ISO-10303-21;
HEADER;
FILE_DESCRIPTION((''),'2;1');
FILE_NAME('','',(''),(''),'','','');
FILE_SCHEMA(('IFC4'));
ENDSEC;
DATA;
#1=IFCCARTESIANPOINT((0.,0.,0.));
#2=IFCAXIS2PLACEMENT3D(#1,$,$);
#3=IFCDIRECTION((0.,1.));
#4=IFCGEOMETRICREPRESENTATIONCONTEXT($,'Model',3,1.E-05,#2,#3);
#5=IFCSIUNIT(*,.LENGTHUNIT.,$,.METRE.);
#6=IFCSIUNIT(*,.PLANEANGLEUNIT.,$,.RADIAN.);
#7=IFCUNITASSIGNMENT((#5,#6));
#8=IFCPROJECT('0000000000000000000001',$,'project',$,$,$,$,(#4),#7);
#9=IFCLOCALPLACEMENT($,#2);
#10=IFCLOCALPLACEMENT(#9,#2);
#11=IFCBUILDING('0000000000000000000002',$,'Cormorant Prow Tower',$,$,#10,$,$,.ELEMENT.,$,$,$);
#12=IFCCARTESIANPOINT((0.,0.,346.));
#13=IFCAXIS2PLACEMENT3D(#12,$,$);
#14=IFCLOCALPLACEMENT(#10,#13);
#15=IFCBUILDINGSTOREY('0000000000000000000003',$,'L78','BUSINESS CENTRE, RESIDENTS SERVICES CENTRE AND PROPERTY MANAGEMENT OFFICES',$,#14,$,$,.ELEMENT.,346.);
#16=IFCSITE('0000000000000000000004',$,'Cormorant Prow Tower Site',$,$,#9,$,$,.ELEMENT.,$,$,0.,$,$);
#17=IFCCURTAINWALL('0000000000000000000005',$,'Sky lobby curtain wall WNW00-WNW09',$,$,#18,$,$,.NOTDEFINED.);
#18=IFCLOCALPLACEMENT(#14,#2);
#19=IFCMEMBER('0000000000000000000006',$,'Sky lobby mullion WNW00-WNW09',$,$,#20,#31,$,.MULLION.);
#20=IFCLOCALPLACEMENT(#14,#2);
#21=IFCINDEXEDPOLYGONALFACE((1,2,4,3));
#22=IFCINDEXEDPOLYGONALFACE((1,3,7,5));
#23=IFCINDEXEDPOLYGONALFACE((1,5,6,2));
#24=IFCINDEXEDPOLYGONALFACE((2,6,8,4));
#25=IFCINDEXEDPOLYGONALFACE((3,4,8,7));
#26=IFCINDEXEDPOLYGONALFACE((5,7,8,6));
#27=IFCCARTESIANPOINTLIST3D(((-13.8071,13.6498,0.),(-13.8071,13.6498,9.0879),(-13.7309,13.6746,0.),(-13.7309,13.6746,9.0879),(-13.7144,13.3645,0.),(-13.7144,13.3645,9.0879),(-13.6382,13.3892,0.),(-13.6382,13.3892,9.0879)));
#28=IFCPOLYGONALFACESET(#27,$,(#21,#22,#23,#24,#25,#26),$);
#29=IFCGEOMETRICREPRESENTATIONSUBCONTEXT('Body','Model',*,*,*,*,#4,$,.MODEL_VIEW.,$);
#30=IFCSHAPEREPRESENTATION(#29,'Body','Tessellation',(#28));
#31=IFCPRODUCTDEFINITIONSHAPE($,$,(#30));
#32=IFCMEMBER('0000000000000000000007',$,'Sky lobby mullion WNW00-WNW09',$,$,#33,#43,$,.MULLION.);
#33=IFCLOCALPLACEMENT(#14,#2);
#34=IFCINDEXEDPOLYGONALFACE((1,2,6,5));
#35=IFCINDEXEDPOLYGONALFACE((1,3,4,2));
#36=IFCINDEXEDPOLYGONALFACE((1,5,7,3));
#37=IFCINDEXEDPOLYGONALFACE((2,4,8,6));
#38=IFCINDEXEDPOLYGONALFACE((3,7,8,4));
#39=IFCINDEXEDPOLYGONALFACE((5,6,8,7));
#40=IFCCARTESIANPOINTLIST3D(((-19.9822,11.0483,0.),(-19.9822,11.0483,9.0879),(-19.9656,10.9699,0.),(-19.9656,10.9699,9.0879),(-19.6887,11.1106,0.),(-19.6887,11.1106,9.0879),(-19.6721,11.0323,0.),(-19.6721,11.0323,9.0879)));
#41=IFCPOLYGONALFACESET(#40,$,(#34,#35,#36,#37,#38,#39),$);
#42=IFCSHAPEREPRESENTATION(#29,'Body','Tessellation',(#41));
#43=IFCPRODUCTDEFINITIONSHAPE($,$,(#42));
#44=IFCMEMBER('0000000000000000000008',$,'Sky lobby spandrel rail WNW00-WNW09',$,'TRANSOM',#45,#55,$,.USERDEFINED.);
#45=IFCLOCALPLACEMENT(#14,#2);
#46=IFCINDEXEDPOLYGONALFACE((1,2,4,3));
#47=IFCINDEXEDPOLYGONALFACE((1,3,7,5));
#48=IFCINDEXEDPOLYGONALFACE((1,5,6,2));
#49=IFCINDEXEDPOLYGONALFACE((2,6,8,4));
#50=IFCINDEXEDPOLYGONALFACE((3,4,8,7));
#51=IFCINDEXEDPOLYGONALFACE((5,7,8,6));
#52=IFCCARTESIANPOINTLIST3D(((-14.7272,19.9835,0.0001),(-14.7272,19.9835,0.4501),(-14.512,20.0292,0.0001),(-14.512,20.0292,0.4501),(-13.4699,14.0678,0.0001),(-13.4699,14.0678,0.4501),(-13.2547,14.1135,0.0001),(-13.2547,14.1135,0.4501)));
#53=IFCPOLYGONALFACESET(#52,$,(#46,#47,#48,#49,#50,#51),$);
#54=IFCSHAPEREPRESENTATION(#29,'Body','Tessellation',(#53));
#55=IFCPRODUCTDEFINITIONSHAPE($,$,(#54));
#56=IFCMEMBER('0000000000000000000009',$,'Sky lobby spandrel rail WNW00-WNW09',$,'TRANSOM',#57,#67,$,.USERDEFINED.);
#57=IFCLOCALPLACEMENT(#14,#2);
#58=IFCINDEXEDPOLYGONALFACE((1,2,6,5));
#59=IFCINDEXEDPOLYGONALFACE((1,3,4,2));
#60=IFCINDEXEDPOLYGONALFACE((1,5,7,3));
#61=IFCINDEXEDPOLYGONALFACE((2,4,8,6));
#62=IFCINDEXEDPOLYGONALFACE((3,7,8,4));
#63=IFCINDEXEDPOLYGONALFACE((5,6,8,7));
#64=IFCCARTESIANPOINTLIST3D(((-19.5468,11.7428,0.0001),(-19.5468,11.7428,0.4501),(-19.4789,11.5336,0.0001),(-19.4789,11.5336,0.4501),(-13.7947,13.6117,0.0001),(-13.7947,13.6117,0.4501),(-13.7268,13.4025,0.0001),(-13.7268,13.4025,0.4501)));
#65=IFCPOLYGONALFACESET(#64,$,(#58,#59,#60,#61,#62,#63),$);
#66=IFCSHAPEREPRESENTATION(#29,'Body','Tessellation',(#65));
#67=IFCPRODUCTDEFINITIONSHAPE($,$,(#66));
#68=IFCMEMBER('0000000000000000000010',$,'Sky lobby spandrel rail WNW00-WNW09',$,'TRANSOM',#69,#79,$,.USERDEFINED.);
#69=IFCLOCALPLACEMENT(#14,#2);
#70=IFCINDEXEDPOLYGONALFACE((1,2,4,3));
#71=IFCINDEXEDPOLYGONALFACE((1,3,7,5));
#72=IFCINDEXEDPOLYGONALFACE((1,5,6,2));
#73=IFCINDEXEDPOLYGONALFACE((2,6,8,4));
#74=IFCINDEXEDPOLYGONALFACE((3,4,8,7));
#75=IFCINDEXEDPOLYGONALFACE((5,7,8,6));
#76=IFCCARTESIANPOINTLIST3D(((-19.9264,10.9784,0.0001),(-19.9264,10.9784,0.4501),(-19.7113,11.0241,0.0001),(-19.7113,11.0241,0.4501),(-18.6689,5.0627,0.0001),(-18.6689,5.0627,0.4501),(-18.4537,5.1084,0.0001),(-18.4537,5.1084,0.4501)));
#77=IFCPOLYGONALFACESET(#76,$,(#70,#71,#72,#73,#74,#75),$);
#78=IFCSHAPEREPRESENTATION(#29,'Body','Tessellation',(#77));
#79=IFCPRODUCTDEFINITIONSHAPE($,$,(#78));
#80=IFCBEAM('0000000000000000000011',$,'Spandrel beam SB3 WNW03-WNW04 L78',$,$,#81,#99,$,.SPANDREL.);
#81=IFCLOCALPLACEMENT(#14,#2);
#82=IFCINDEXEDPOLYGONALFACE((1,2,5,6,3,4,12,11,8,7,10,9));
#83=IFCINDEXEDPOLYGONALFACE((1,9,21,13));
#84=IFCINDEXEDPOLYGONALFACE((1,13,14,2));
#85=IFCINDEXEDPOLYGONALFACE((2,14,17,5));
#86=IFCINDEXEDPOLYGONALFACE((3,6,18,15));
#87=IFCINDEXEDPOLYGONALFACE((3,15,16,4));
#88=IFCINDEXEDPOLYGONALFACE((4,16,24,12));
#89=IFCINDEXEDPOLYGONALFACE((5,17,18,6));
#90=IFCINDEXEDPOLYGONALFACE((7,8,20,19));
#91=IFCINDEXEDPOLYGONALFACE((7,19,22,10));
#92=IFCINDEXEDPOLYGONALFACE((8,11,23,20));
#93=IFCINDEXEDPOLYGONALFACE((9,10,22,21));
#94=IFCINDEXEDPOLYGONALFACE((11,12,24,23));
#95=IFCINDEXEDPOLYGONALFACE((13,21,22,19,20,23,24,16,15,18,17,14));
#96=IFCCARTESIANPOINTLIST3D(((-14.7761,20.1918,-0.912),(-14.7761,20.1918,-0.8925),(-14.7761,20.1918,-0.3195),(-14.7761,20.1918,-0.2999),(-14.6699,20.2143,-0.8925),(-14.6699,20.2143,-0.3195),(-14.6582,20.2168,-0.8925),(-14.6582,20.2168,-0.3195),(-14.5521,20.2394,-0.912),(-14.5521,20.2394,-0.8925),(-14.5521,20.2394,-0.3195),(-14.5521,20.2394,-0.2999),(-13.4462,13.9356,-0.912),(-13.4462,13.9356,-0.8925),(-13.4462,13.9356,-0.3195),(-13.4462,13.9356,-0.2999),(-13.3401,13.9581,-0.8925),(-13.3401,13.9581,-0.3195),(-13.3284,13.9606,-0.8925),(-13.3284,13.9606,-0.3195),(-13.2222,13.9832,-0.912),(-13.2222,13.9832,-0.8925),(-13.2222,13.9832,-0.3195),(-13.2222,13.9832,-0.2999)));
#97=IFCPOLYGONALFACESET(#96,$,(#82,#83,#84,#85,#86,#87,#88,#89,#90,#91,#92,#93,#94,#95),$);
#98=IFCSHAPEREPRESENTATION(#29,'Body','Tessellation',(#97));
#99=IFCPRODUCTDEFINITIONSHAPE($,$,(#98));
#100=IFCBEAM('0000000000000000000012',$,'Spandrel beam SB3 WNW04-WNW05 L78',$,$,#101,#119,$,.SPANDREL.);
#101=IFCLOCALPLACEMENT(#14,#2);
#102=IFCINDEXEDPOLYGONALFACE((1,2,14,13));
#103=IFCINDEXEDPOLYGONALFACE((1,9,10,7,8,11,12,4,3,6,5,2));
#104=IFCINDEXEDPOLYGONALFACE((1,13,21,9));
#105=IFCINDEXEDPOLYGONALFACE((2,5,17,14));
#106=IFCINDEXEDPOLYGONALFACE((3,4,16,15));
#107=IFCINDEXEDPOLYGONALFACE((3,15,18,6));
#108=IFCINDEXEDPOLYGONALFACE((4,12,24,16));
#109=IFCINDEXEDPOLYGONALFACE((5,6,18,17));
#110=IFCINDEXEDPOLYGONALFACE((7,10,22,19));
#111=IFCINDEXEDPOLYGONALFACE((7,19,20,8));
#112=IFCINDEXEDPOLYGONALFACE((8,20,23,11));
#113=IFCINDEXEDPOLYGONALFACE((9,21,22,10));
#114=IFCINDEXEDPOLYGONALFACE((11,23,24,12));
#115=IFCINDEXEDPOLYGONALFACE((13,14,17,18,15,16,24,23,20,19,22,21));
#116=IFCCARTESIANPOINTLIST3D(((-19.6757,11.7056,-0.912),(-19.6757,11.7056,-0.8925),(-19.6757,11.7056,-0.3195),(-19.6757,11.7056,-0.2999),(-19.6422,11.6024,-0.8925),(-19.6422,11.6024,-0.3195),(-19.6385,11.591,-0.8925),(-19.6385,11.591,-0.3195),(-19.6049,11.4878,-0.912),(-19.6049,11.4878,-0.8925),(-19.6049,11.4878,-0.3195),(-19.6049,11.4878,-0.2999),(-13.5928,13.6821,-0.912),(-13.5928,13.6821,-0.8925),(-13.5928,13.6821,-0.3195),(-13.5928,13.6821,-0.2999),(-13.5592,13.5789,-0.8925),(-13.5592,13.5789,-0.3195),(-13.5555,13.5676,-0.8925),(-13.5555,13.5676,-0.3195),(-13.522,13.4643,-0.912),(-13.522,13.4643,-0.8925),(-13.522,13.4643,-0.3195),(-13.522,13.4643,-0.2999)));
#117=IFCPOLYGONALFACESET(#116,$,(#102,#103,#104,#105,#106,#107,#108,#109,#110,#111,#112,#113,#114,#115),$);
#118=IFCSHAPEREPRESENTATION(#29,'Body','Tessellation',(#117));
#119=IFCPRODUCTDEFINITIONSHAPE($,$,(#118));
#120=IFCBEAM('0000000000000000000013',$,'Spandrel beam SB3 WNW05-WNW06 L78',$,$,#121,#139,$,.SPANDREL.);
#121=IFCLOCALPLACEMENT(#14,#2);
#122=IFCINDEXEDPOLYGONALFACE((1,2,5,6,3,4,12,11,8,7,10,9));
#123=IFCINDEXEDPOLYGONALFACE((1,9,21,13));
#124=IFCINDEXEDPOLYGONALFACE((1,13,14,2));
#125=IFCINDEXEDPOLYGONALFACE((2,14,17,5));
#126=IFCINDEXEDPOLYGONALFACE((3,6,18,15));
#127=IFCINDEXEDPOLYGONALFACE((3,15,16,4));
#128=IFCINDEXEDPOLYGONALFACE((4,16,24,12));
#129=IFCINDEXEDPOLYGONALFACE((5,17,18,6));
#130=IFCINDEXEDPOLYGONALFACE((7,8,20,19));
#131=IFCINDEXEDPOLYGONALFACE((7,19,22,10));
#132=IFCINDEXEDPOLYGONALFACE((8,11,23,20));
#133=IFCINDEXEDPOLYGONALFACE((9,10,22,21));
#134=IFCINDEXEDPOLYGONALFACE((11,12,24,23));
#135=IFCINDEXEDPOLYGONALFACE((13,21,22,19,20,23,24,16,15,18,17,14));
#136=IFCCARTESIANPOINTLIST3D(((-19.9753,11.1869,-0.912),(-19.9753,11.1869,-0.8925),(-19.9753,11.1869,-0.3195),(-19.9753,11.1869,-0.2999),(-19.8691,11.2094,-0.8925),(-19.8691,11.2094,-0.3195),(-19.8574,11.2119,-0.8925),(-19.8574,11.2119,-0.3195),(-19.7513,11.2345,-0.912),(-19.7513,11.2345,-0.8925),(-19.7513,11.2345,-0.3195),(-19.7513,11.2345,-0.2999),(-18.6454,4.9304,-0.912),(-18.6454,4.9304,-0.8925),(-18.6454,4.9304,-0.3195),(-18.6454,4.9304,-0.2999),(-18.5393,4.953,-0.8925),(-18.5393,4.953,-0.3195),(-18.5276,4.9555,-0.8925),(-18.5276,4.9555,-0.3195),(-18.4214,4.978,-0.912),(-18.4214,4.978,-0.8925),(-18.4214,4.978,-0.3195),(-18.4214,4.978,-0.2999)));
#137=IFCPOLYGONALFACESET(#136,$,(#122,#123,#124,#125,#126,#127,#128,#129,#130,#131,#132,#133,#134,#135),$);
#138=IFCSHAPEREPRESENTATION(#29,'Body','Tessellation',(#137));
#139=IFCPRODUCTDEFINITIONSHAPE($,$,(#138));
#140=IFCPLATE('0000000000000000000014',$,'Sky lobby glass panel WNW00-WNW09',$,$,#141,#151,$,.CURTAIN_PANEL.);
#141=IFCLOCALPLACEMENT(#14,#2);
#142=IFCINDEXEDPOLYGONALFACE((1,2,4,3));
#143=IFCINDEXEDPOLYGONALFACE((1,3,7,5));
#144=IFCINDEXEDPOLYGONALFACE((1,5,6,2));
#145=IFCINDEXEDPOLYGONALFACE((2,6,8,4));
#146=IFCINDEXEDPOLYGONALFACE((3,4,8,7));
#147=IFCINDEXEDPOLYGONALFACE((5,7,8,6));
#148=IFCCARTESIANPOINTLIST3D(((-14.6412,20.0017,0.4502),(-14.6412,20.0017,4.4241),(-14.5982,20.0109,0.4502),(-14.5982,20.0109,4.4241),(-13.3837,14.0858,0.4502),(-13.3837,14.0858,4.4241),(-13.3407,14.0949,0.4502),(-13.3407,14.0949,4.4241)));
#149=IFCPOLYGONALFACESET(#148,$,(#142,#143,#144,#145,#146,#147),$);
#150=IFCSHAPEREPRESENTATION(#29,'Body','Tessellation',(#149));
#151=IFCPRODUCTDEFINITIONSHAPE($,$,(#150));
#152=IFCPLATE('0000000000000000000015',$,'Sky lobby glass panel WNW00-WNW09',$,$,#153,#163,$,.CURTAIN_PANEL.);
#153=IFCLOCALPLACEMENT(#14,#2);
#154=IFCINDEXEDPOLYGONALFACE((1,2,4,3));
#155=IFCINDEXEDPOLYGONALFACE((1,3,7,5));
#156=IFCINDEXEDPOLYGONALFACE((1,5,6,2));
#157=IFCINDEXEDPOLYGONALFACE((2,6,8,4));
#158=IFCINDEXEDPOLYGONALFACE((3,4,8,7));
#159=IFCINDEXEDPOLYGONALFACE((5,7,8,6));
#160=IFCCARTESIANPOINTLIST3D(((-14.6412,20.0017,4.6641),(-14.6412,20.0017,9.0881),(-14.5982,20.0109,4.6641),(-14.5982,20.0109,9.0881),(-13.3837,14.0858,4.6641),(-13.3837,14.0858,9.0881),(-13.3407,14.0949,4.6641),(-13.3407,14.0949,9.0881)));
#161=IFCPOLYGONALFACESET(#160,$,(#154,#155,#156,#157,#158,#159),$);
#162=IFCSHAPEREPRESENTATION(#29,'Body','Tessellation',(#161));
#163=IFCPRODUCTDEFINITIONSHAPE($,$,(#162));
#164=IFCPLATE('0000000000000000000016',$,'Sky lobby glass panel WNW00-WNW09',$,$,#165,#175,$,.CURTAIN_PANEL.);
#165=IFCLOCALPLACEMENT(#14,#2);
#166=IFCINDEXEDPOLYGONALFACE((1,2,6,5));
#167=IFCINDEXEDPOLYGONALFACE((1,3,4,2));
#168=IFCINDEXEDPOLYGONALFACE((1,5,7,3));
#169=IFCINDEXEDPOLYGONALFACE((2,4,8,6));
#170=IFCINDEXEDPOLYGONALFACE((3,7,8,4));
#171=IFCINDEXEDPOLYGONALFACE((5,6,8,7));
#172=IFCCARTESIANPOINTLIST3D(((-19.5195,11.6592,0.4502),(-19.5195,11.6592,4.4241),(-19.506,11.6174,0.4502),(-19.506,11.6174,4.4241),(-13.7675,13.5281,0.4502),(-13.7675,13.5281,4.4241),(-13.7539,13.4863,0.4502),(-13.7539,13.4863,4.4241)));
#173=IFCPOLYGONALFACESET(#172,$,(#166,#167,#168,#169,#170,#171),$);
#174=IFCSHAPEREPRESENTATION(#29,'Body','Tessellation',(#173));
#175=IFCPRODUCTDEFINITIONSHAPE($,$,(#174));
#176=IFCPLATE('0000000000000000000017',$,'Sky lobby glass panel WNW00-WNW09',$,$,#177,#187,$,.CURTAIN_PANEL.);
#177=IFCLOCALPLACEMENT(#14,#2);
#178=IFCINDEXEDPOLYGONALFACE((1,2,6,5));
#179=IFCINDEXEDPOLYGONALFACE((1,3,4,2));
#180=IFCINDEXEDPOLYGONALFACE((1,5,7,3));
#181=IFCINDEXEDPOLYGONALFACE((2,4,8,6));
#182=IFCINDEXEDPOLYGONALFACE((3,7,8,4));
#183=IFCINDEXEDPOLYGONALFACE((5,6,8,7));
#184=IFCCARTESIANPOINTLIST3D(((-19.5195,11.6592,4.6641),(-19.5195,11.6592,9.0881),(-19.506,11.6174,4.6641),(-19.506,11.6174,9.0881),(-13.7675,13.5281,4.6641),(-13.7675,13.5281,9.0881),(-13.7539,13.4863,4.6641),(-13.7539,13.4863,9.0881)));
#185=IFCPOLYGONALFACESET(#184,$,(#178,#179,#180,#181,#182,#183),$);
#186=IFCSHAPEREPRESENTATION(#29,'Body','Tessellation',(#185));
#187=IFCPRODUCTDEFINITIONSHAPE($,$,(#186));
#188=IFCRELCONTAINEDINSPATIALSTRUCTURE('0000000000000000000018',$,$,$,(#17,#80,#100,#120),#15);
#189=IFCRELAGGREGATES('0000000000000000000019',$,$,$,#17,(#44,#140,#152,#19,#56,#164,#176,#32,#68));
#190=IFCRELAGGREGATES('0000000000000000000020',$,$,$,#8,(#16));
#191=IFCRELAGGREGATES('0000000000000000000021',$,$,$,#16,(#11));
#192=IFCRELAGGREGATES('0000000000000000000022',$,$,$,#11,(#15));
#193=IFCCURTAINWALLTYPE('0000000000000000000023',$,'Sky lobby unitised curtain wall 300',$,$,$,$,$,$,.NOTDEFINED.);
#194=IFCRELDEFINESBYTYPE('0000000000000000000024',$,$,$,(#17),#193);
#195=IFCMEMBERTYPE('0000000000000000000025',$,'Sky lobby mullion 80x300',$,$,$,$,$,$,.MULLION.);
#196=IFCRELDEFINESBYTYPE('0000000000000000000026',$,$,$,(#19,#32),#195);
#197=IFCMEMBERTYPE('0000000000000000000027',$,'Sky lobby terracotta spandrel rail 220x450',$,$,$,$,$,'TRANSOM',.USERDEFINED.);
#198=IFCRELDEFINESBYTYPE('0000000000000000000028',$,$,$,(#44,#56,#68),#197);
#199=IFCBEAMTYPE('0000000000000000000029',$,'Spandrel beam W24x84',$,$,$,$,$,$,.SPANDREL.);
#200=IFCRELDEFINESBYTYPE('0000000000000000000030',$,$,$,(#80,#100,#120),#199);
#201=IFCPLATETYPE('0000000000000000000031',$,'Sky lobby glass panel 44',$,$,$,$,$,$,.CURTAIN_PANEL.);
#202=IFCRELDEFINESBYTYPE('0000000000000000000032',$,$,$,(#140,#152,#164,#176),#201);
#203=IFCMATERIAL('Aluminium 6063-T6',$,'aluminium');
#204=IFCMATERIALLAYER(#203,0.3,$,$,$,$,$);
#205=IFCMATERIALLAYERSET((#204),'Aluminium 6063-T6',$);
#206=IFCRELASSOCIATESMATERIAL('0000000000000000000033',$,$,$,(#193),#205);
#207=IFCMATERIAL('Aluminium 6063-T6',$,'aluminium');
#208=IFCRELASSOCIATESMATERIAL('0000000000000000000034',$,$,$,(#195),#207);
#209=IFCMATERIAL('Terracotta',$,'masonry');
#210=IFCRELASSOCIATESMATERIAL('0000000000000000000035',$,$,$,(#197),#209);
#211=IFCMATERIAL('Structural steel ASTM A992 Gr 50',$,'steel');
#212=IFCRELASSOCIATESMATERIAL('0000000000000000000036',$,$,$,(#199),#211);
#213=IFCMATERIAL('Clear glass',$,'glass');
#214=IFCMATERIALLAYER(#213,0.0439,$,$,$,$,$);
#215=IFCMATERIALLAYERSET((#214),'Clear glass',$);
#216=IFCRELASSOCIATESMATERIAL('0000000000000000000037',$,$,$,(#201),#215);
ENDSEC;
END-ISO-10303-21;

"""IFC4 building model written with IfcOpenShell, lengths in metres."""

from ifc_helpers import new_model, si_unit, direction, frame, origin, origin_2d, place, context, subcontext, project, spatial, rectangle, i_section, extrude, material, layer, layer_set, material_profile, profile_set, type_object, element, aggregate, save


model = new_model("IFC4")

# Units and contexts
model_context = context("Model", 3, precision=1e-05, world=origin(), true_north=direction((0.0, 1.0)))
body_context = subcontext(model_context, "Body", "Model", "MODEL_VIEW")
ifc_project = project(units=[si_unit("LENGTHUNIT", "METRE"), si_unit("PLANEANGLEUNIT", "RADIAN")], contexts=[model_context])

# Site, building, storey
site_placement = place(None, origin())
site = spatial("IfcSite", under=ifc_project, at=site_placement, Name="Cormorant Prow Tower Site", CompositionType="ELEMENT", RefElevation=0.0)
building_placement = place(site_placement, origin())
building = spatial("IfcBuilding", under=site, at=building_placement, Name="Cormorant Prow Tower", CompositionType="ELEMENT")
storey_placement = place(building_placement, frame((0.0, 0.0, 346.0)))
storey = spatial("IfcBuildingStorey", under=building, at=storey_placement, Name="L78", Description="BUSINESS CENTRE, RESIDENTS SERVICES CENTRE AND PROPERTY MANAGEMENT OFFICES", CompositionType="ELEMENT", Elevation=346.0)

# Curtain wall, members
ifc_material_1 = material(Name="Aluminium 6063-T6", Category="aluminium")
ifc_layer_1 = layer(ifc_material_1, 0.3)
ifc_layer_set_1 = layer_set([ifc_layer_1], Name="Aluminium 6063-T6")
curtain_wall_type = type_object("IfcCurtainWallType", Name="Sky lobby unitised curtain wall 300", PredefinedType="NOTDEFINED", material=ifc_layer_set_1)
curtain_wall_placement = place(storey_placement, origin())
curtain_wall = element("IfcCurtainWall", 1, at=curtain_wall_placement, inside=storey, type_object=curtain_wall_type, Name="Sky lobby curtain wall WNW00-WNW09", PredefinedType="NOTDEFINED")
ifc_material_2 = material(Name="Aluminium 6063-T6", Category="aluminium")
ifc_material_profile_1 = material_profile(ifc_material_2, rectangle(XDim=0.3, YDim=0.0801, at=origin_2d()), Name="Sky lobby mullion 80x300")
ifc_profile_set_1 = profile_set([ifc_material_profile_1], Name="Aluminium 6063-T6")
member_type_1 = type_object("IfcMemberType", Name="Sky lobby mullion 80x300", PredefinedType="MULLION", material=ifc_profile_set_1)
member_1_placement = place(storey_placement, frame((-13.7227, 13.5195, 0.0), z_axis=(0.0, 0.0, 1.0), x_axis=(0.309017, -0.951057, 0.0)))
member_1 = element("IfcMember", 2, at=member_1_placement, type_object=member_type_1, Name="Sky lobby mullion WNW00-WNW09", PredefinedType="MULLION", context=body_context, shape_type="SweptSolid", body=[
    extrude(rectangle(XDim=0.3, YDim=0.0801, at=origin_2d()), origin(), (0.0, 0.0, 1.0), 9.0879),
])
member_2_placement = place(storey_placement, frame((-19.8271, 11.0403, 0.0), z_axis=(0.0, 0.0, 1.0), x_axis=(0.978148, 0.207912, 0.0)))
member_2 = element("IfcMember", 3, at=member_2_placement, type_object=member_type_1, Name="Sky lobby mullion WNW00-WNW09", PredefinedType="MULLION", context=body_context, shape_type="SweptSolid", body=[
    extrude(rectangle(XDim=0.3, YDim=0.0801, at=origin_2d()), origin(), (0.0, 0.0, 1.0), 9.0879),
])
ifc_material_3 = material(Name="Terracotta", Category="masonry")
ifc_material_profile_2 = material_profile(ifc_material_3, rectangle(XDim=0.22, YDim=0.45, at=origin_2d()), Name="Sky lobby terracotta spandrel rail 220x450")
ifc_profile_set_2 = profile_set([ifc_material_profile_2], Name="Terracotta")
member_type_2 = type_object("IfcMemberType", Name="Sky lobby terracotta spandrel rail 220x450", ElementType="TRANSOM", PredefinedType="USERDEFINED", material=ifc_profile_set_2)
member_3_placement = place(storey_placement, frame((-14.6196, 20.0063, 0.2251), z_axis=(0.207894, -0.978151, 0.0), x_axis=(0.978151, 0.207894, 0.0)))
member_3 = element("IfcMember", 4, at=member_3_placement, type_object=member_type_2, Name="Sky lobby spandrel rail WNW00-WNW09", ObjectType="TRANSOM", PredefinedType="USERDEFINED", context=body_context, shape_type="SweptSolid", body=[
    extrude(rectangle(XDim=0.22, YDim=0.45, at=origin_2d()), origin(), (0.0, 0.0, 1.0), 6.0479),
])
member_4_placement = place(storey_placement, frame((-13.7607, 13.5071, 0.2251), z_axis=(-0.951062, -0.309001, 0.0), x_axis=(0.309001, -0.951062, 0.0)))
member_4 = element("IfcMember", 5, at=member_4_placement, type_object=member_type_2, Name="Sky lobby spandrel rail WNW00-WNW09", ObjectType="TRANSOM", PredefinedType="USERDEFINED", context=body_context, shape_type="SweptSolid", body=[
    extrude(rectangle(XDim=0.22, YDim=0.45, at=origin_2d()), origin(), (0.0, 0.0, 1.0), 6.0481),
])
member_5_placement = place(storey_placement, frame((-19.8188, 11.0012, 0.2251), z_axis=(0.207933, -0.978143, 0.0), x_axis=(0.978143, 0.207933, 0.0)))
member_5 = element("IfcMember", 6, at=member_5_placement, type_object=member_type_2, Name="Sky lobby spandrel rail WNW00-WNW09", ObjectType="TRANSOM", PredefinedType="USERDEFINED", context=body_context, shape_type="SweptSolid", body=[
    extrude(rectangle(XDim=0.22, YDim=0.45, at=origin_2d()), origin(), (0.0, 0.0, 1.0), 6.0479),
])

# Beams
ifc_material_4 = material(Name="Structural steel ASTM A992 Gr 50", Category="steel")
ifc_material_profile_3 = material_profile(ifc_material_4, i_section(OverallWidth=0.229, OverallDepth=0.6121, WebThickness=0.012, FlangeThickness=0.0195, at=origin_2d()), Name="W24x84")
ifc_profile_set_3 = profile_set([ifc_material_profile_3], Name="Structural steel ASTM A992 Gr 50")
beam_type_1 = type_object("IfcBeamType", Name="Spandrel beam W24x84", PredefinedType="SPANDREL", material=ifc_profile_set_3)
for number, where, z_axis, x_axis, name in (
    (7, (-14.6641, 20.2156, -0.606), (0.20792, -0.978146, 0.0), (0.978146, 0.20792, 0.0), "Spandrel beam SB3 WNW03-WNW04 L78"),
    (8, (-13.5574, 13.5732, -0.606), (-0.951053, -0.309027, 0.0), (0.309027, -0.951053, 0.0), "Spandrel beam SB3 WNW04-WNW05 L78"),
):
    element("IfcBeam", number, at=place(storey_placement, frame(where, z_axis=z_axis, x_axis=x_axis)), inside=storey, type_object=beam_type_1, Name=name, PredefinedType="SPANDREL", context=body_context, shape_type="SweptSolid", body=[
        extrude(i_section(OverallWidth=0.229, OverallDepth=0.6121, WebThickness=0.012, FlangeThickness=0.0195, at=origin_2d()), origin(), (0.0, 0.0, 1.0), 6.396),
    ])
beam_1_placement = place(storey_placement, frame((-19.8633, 11.2107, -0.606), z_axis=(0.207913, -0.978147, 0.0), x_axis=(0.978147, 0.207913, 0.0)))
element("IfcBeam", 9, at=beam_1_placement, inside=storey, type_object=beam_type_1, Name="Spandrel beam SB3 WNW05-WNW06 L78", PredefinedType="SPANDREL", context=body_context, shape_type="SweptSolid", body=[
    extrude(i_section(OverallWidth=0.229, OverallDepth=0.6121, WebThickness=0.012, FlangeThickness=0.0195, at=origin_2d()), origin(), (0.0, 0.0, 1.0), 6.3962),
])

# Plates
ifc_material_5 = material(Name="Clear glass", Category="glass")
ifc_layer_2 = layer(ifc_material_5, 0.0439)
ifc_layer_set_2 = layer_set([ifc_layer_2], Name="Clear glass")
plate_type = type_object("IfcPlateType", Name="Sky lobby glass panel 44", PredefinedType="CURTAIN_PANEL", material=ifc_layer_set_2)
plate_1_placement = place(storey_placement, frame((-13.991, 17.0483, 0.4502), z_axis=(0.0, 0.0, 1.0), x_axis=(0.207912, -0.978148, 0.0)))
plate_1 = element("IfcPlate", 10, at=plate_1_placement, type_object=plate_type, Name="Sky lobby glass panel WNW00-WNW09", PredefinedType="CURTAIN_PANEL", context=body_context, shape_type="SweptSolid", body=[
    extrude(rectangle(XDim=6.0481, YDim=0.0439, at=origin_2d()), origin(), (0.0, 0.0, 1.0), 3.9739),
])
plate_2_placement = place(storey_placement, frame((-13.991, 17.0483, 4.6641), z_axis=(0.0, 0.0, 1.0), x_axis=(0.207912, -0.978148, 0.0)))
plate_2 = element("IfcPlate", 11, at=plate_2_placement, type_object=plate_type, Name="Sky lobby glass panel WNW00-WNW09", PredefinedType="CURTAIN_PANEL", context=body_context, shape_type="SweptSolid", body=[
    extrude(rectangle(XDim=6.0481, YDim=0.0439, at=origin_2d()), origin(), (0.0, 0.0, 1.0), 4.4241),
])
plate_3_placement = place(storey_placement, frame((-16.6367, 12.5728, 0.4502), z_axis=(0.0, 0.0, 1.0), x_axis=(-0.951057, -0.309017, 0.0)))
plate_3 = element("IfcPlate", 12, at=plate_3_placement, type_object=plate_type, Name="Sky lobby glass panel WNW00-WNW09", PredefinedType="CURTAIN_PANEL", context=body_context, shape_type="SweptSolid", body=[
    extrude(rectangle(XDim=6.0481, YDim=0.0439, at=origin_2d()), origin(), (0.0, 0.0, 1.0), 3.9739),
])
plate_4_placement = place(storey_placement, frame((-16.6367, 12.5728, 4.6641), z_axis=(0.0, 0.0, 1.0), x_axis=(-0.951057, -0.309017, 0.0)))
plate_4 = element("IfcPlate", 13, at=plate_4_placement, type_object=plate_type, Name="Sky lobby glass panel WNW00-WNW09", PredefinedType="CURTAIN_PANEL", context=body_context, shape_type="SweptSolid", body=[
    extrude(rectangle(XDim=6.0481, YDim=0.0439, at=origin_2d()), origin(), (0.0, 0.0, 1.0), 4.4241),
])
aggregate(curtain_wall, [member_3, plate_1, plate_2, member_1, member_4, plate_3, plate_4, member_2, member_5])

save(model, "model.ifc")
